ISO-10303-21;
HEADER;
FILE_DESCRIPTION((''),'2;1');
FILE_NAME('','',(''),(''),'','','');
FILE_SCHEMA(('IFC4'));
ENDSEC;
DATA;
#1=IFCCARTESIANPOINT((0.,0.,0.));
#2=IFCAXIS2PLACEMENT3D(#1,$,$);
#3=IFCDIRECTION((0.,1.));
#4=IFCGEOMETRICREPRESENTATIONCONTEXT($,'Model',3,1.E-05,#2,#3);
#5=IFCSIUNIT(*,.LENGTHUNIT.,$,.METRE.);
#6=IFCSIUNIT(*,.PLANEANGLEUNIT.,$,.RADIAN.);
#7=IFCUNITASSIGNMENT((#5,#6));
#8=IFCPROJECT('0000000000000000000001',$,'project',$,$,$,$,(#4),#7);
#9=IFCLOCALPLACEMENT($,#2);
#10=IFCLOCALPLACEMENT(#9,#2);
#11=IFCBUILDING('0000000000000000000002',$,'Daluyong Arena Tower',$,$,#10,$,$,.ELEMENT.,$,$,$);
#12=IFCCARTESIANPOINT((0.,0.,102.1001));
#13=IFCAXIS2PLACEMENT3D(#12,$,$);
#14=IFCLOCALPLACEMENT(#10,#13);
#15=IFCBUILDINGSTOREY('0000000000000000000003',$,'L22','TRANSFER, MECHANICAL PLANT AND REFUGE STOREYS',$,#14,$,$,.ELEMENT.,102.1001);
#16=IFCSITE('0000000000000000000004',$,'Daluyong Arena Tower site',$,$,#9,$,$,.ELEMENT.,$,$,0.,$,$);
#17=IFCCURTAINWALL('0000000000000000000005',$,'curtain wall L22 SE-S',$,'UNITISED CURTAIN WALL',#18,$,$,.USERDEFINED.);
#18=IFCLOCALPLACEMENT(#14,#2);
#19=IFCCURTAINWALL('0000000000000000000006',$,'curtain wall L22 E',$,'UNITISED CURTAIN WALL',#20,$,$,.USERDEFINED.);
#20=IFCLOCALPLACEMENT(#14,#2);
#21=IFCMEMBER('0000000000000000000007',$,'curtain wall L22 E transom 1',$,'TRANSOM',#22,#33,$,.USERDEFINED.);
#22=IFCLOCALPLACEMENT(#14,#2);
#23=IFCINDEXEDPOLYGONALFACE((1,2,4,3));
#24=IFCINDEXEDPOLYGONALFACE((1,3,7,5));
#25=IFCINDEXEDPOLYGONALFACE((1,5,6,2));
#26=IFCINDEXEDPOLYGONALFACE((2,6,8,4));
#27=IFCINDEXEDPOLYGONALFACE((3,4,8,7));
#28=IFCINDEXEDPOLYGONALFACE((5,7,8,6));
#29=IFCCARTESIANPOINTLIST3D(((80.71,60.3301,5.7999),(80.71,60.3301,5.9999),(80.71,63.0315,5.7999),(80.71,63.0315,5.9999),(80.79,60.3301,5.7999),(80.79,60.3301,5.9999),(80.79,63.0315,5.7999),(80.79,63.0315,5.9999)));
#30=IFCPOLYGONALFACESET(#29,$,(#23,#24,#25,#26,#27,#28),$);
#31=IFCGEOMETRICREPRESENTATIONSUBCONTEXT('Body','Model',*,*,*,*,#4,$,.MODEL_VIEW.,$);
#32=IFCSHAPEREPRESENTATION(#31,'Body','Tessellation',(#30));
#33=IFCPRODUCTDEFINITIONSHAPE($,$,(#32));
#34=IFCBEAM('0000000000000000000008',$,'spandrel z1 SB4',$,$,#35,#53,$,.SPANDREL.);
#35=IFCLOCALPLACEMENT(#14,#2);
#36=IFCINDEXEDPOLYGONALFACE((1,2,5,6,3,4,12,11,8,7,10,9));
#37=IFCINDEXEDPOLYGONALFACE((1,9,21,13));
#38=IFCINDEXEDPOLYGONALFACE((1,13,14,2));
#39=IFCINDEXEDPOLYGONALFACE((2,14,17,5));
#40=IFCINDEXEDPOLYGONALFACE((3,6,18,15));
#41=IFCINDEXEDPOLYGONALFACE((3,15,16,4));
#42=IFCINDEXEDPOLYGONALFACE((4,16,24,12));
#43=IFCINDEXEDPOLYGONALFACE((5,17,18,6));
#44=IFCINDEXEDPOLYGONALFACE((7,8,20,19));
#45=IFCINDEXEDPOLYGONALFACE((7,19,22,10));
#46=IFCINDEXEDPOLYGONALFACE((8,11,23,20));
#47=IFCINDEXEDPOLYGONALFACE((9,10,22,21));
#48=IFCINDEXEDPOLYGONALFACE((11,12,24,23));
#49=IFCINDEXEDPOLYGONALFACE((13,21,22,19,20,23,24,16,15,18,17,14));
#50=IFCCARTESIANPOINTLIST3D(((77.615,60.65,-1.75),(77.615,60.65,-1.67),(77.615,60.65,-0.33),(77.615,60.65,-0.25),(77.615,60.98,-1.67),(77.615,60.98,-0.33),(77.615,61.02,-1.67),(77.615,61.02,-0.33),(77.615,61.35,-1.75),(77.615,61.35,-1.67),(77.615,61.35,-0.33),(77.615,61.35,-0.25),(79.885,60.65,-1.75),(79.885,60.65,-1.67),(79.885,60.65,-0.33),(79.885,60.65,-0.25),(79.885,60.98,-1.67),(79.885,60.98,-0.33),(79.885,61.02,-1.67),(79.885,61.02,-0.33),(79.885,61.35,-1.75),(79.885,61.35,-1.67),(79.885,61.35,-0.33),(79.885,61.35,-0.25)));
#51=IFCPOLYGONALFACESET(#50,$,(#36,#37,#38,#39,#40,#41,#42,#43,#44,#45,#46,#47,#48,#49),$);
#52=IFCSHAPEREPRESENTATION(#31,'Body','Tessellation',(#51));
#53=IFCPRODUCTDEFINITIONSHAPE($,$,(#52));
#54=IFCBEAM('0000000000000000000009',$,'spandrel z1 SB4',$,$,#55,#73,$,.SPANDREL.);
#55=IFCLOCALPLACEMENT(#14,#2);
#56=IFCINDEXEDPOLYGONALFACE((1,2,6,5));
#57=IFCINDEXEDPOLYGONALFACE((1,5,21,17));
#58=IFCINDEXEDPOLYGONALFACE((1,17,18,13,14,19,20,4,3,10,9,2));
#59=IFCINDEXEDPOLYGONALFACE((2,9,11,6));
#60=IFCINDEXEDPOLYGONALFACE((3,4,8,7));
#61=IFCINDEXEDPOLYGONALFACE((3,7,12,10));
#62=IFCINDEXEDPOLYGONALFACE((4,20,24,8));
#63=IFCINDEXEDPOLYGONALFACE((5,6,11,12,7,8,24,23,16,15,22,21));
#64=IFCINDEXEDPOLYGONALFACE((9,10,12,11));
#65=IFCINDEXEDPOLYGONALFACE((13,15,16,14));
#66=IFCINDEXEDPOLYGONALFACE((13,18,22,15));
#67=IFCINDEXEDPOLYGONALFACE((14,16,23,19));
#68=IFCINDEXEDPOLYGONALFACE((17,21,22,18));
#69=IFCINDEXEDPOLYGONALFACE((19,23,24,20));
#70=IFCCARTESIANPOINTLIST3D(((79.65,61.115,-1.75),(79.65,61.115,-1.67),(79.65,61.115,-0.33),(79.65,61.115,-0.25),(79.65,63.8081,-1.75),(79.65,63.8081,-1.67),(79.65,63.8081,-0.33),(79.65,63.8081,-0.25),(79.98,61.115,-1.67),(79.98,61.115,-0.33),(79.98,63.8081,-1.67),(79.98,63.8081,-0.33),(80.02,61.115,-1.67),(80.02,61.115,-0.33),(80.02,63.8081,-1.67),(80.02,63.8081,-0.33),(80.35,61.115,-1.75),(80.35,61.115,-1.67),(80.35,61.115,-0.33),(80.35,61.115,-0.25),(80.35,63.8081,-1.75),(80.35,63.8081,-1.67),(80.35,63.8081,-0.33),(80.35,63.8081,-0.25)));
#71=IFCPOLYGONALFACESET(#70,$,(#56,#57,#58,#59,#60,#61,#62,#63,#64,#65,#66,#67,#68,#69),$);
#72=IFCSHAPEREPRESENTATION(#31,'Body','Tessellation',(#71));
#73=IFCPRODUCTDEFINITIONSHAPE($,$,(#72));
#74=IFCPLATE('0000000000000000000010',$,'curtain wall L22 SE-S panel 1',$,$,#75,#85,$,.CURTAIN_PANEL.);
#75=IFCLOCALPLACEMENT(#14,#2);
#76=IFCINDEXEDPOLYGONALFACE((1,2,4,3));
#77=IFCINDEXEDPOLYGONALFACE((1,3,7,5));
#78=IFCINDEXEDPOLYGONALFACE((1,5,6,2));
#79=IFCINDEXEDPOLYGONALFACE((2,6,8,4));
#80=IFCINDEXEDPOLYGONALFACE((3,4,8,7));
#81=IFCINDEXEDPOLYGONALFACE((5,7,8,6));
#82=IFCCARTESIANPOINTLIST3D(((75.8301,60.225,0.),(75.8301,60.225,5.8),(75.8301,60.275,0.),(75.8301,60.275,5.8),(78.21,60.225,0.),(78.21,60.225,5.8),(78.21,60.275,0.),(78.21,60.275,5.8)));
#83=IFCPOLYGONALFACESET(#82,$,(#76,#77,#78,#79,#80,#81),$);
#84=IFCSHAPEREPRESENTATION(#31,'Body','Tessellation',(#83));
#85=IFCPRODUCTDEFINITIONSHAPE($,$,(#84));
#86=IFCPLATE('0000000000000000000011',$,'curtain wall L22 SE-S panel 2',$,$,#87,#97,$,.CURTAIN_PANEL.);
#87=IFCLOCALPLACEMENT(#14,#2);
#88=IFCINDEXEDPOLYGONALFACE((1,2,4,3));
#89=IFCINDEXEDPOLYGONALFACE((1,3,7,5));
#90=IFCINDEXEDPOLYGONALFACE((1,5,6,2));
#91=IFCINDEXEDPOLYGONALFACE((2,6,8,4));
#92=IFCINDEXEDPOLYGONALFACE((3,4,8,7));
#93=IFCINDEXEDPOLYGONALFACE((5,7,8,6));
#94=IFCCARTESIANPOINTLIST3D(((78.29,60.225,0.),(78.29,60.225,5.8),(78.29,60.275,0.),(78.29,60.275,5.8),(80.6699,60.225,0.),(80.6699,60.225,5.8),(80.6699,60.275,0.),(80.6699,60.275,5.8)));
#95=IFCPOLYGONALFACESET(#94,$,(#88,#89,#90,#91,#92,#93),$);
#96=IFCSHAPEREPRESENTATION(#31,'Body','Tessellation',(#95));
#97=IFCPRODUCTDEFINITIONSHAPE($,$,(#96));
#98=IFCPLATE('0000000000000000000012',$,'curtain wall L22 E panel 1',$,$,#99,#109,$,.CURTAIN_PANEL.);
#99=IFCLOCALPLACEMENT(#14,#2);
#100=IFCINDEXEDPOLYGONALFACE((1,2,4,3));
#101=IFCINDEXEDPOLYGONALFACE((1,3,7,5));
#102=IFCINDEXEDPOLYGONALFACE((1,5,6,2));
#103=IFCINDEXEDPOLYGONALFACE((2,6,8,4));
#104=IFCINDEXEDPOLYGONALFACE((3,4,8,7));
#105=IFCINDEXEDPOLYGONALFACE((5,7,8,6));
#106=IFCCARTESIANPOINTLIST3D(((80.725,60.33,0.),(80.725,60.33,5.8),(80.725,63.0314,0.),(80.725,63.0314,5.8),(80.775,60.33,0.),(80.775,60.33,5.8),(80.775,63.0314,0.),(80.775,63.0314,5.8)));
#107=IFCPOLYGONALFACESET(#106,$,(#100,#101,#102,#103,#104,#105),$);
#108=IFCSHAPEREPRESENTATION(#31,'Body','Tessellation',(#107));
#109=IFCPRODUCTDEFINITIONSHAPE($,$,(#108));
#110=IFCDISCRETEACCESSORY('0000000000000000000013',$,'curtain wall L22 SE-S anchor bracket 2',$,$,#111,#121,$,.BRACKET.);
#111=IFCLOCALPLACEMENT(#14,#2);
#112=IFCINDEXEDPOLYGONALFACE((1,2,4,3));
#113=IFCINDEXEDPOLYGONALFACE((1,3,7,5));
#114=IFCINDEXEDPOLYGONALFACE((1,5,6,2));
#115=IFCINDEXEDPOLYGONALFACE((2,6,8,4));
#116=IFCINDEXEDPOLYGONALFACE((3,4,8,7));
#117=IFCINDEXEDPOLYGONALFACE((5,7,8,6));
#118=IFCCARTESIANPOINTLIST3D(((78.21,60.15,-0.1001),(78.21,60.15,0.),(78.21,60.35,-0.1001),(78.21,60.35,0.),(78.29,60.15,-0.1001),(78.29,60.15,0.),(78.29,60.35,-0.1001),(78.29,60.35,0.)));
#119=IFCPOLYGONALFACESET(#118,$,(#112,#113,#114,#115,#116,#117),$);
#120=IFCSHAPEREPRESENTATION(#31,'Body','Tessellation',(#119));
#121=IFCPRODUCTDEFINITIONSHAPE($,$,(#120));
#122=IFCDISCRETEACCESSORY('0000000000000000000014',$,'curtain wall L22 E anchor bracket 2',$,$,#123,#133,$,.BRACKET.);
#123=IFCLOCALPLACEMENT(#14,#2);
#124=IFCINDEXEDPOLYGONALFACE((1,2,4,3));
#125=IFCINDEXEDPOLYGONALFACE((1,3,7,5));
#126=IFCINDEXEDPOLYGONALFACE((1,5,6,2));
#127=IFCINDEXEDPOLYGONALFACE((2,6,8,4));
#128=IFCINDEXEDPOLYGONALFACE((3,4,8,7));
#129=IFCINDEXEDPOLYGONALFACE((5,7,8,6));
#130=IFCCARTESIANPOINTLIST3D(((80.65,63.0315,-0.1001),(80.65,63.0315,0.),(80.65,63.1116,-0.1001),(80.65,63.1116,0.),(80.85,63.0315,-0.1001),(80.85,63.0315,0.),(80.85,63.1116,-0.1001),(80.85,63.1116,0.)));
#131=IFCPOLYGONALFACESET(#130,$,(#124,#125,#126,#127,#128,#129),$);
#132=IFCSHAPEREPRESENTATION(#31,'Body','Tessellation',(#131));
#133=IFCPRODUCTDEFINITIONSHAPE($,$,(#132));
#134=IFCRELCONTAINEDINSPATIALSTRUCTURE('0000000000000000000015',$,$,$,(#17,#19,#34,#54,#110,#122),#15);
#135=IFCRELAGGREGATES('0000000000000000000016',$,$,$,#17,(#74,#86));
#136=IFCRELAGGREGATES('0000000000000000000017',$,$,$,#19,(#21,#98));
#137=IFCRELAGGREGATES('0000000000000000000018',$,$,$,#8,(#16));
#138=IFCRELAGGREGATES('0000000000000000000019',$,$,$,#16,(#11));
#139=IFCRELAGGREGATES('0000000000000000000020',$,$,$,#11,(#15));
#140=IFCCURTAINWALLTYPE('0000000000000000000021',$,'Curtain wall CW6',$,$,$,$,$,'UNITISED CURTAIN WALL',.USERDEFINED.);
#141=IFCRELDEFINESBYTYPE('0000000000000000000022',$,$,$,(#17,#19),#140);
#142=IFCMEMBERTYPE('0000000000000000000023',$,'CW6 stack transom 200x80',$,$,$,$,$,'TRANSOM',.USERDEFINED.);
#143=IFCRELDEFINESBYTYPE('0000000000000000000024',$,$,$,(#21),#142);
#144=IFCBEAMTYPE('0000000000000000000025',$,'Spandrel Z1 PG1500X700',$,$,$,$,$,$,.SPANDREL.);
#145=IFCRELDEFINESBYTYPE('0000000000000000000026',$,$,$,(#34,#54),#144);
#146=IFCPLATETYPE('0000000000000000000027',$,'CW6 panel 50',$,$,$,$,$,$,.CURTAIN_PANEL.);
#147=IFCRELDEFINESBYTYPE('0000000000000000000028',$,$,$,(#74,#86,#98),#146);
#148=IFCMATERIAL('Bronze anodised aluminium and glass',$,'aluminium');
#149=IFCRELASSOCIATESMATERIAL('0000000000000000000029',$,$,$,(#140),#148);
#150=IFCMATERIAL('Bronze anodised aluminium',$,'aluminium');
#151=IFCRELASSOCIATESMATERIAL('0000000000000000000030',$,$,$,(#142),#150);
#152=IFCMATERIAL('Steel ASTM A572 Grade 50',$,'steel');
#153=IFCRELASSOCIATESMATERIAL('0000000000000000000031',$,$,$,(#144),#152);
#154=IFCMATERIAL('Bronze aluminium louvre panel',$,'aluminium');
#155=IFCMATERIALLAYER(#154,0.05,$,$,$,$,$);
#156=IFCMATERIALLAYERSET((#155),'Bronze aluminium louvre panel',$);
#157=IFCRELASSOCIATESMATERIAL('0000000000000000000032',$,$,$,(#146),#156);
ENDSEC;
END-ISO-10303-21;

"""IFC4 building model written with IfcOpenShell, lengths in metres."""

from ifc_helpers import new_model, si_unit, direction, frame, origin, origin_2d, place, context, subcontext, project, spatial, rectangle, i_section, extrude, material, layer, layer_set, material_profile, profile_set, type_object, element, aggregate, save


model = new_model("IFC4")

# Units and contexts
model_context = context("Model", 3, precision=1e-05, world=origin(), true_north=direction((0.0, 1.0)))
body_context = subcontext(model_context, "Body", "Model", "MODEL_VIEW")
ifc_project = project(units=[si_unit("LENGTHUNIT", "METRE"), si_unit("PLANEANGLEUNIT", "RADIAN")], contexts=[model_context])

# Site, building, storey
site_placement = place(None, origin())
site = spatial("IfcSite", under=ifc_project, at=site_placement, Name="Daluyong Arena Tower site", CompositionType="ELEMENT", RefElevation=0.0)
building_placement = place(site_placement, origin())
building = spatial("IfcBuilding", under=site, at=building_placement, Name="Daluyong Arena Tower", CompositionType="ELEMENT")
storey_placement = place(building_placement, frame((0.0, 0.0, 102.1001)))
storey = spatial("IfcBuildingStorey", under=building, at=storey_placement, Name="L22", Description="TRANSFER, MECHANICAL PLANT AND REFUGE STOREYS", CompositionType="ELEMENT", Elevation=102.1001)

# Curtain walls
ifc_material_1 = material(Name="Bronze anodised aluminium and glass", Category="aluminium")
curtain_wall_type = type_object("IfcCurtainWallType", Name="Curtain wall CW6", ElementType="UNITISED CURTAIN WALL", PredefinedType="USERDEFINED", material=ifc_material_1)
curtain_wall_1_placement = place(storey_placement, origin())
curtain_wall_1 = element("IfcCurtainWall", 1, at=curtain_wall_1_placement, inside=storey, type_object=curtain_wall_type, Name="curtain wall L22 SE-S", ObjectType="UNITISED CURTAIN WALL", PredefinedType="USERDEFINED")
curtain_wall_2_placement = place(storey_placement, origin())
curtain_wall_2 = element("IfcCurtainWall", 2, at=curtain_wall_2_placement, inside=storey, type_object=curtain_wall_type, Name="curtain wall L22 E", ObjectType="UNITISED CURTAIN WALL", PredefinedType="USERDEFINED")

# Member
ifc_material_2 = material(Name="Bronze anodised aluminium", Category="aluminium")
ifc_material_profile_1 = material_profile(ifc_material_2, rectangle(XDim=0.0801, YDim=0.2, at=origin_2d()))
ifc_profile_set_1 = profile_set([ifc_material_profile_1], Name="Bronze anodised aluminium")
member_type_1 = type_object("IfcMemberType", Name="CW6 stack transom 200x80", ElementType="TRANSOM", PredefinedType="USERDEFINED", material=ifc_profile_set_1)
member_1_placement = place(storey_placement, frame((80.75, 60.3301, 5.8999), z_axis=(0.0, 1.0, 0.0), x_axis=(-1.0, 0.0, 0.0)))
member_1 = element("IfcMember", 3, at=member_1_placement, type_object=member_type_1, Name="curtain wall L22 E transom 1", ObjectType="TRANSOM", PredefinedType="USERDEFINED", context=body_context, shape_type="SweptSolid", body=[
    extrude(rectangle(XDim=0.0801, YDim=0.2, at=origin_2d()), origin(), (0.0, 0.0, 1.0), 2.7014),
])

# Beams
ifc_material_3 = material(Name="Steel ASTM A572 Grade 50", Category="steel")
ifc_material_profile_2 = material_profile(ifc_material_3, i_section(OverallWidth=0.7, OverallDepth=1.5, WebThickness=0.04, FlangeThickness=0.08, at=origin_2d()))
ifc_profile_set_2 = profile_set([ifc_material_profile_2], Name="Steel ASTM A572 Grade 50")
beam_type = type_object("IfcBeamType", Name="Spandrel Z1 PG1500X700", PredefinedType="SPANDREL", material=ifc_profile_set_2)
beam_1_placement = place(storey_placement, frame((77.615, 61.0, -1.0), z_axis=(1.0, 0.0, 0.0), x_axis=(0.0, 1.0, 0.0)))
element("IfcBeam", 4, at=beam_1_placement, inside=storey, type_object=beam_type, Name="spandrel z1 SB4", PredefinedType="SPANDREL", context=body_context, shape_type="SweptSolid", body=[
    extrude(i_section(OverallWidth=0.7, OverallDepth=1.5, WebThickness=0.04, FlangeThickness=0.08, at=origin_2d()), origin(), (0.0, 0.0, 1.0), 2.27),
])
beam_2_placement = place(storey_placement, frame((80.0, 61.115, -1.0), z_axis=(0.0, 1.0, 0.0), x_axis=(-1.0, 0.0, 0.0)))
element("IfcBeam", 5, at=beam_2_placement, inside=storey, type_object=beam_type, Name="spandrel z1 SB4", PredefinedType="SPANDREL", context=body_context, shape_type="SweptSolid", body=[
    extrude(i_section(OverallWidth=0.7, OverallDepth=1.5, WebThickness=0.04, FlangeThickness=0.08, at=origin_2d()), origin(), (0.0, 0.0, 1.0), 2.6931),
])

# Plates
ifc_material_4 = material(Name="Bronze aluminium louvre panel", Category="aluminium")
ifc_layer = layer(ifc_material_4, 0.05)
ifc_layer_set = layer_set([ifc_layer], Name="Bronze aluminium louvre panel")
plate_type = type_object("IfcPlateType", Name="CW6 panel 50", PredefinedType="CURTAIN_PANEL", material=ifc_layer_set)
plate_1_placement = place(storey_placement, frame((77.02, 60.25, 0.0), z_axis=(0.0, 0.0, 1.0), x_axis=(1.0, 0.0, 0.0)))
plate_1 = element("IfcPlate", 6, at=plate_1_placement, type_object=plate_type, Name="curtain wall L22 SE-S panel 1", PredefinedType="CURTAIN_PANEL", context=body_context, shape_type="SweptSolid", body=[
    extrude(rectangle(XDim=2.3799, YDim=0.05, at=origin_2d()), origin(), (0.0, 0.0, 1.0), 5.8),
])
plate_2_placement = place(storey_placement, frame((79.48, 60.25, 0.0), z_axis=(0.0, 0.0, 1.0), x_axis=(1.0, 0.0, 0.0)))
plate_2 = element("IfcPlate", 7, at=plate_2_placement, type_object=plate_type, Name="curtain wall L22 SE-S panel 2", PredefinedType="CURTAIN_PANEL", context=body_context, shape_type="SweptSolid", body=[
    extrude(rectangle(XDim=2.3799, YDim=0.05, at=origin_2d()), origin(), (0.0, 0.0, 1.0), 5.8),
])
aggregate(curtain_wall_1, [plate_1, plate_2])
plate_3_placement = place(storey_placement, frame((80.75, 61.6807, 0.0), z_axis=(0.0, 0.0, 1.0), x_axis=(0.0, 1.0, 0.0)))
plate_3 = element("IfcPlate", 8, at=plate_3_placement, type_object=plate_type, Name="curtain wall L22 E panel 1", PredefinedType="CURTAIN_PANEL", context=body_context, shape_type="SweptSolid", body=[
    extrude(rectangle(XDim=2.7014, YDim=0.05, at=origin_2d()), origin(), (0.0, 0.0, 1.0), 5.8),
])
aggregate(curtain_wall_2, [member_1, plate_3])

# Discrete accessories
for number, where, z_axis, x_axis, name in (
    (9, (78.25, 60.25, -0.1001), (0.0, 0.0, 1.0), (1.0, 0.0, 0.0), "curtain wall L22 SE-S anchor bracket 2"),
    (10, (80.75, 63.0715, -0.1001), (0.0, 0.0, 1.0), (0.0, 1.0, 0.0), "curtain wall L22 E anchor bracket 2"),
):
    element("IfcDiscreteAccessory", number, at=place(storey_placement, frame(where, z_axis=z_axis, x_axis=x_axis)), inside=storey, Name=name, PredefinedType="BRACKET", context=body_context, shape_type="SweptSolid", body=[
        extrude(rectangle(XDim=0.0801, YDim=0.2, at=origin_2d()), origin(), (0.0, 0.0, 1.0), 0.1001),
    ])

save(model, "model.ifc")
